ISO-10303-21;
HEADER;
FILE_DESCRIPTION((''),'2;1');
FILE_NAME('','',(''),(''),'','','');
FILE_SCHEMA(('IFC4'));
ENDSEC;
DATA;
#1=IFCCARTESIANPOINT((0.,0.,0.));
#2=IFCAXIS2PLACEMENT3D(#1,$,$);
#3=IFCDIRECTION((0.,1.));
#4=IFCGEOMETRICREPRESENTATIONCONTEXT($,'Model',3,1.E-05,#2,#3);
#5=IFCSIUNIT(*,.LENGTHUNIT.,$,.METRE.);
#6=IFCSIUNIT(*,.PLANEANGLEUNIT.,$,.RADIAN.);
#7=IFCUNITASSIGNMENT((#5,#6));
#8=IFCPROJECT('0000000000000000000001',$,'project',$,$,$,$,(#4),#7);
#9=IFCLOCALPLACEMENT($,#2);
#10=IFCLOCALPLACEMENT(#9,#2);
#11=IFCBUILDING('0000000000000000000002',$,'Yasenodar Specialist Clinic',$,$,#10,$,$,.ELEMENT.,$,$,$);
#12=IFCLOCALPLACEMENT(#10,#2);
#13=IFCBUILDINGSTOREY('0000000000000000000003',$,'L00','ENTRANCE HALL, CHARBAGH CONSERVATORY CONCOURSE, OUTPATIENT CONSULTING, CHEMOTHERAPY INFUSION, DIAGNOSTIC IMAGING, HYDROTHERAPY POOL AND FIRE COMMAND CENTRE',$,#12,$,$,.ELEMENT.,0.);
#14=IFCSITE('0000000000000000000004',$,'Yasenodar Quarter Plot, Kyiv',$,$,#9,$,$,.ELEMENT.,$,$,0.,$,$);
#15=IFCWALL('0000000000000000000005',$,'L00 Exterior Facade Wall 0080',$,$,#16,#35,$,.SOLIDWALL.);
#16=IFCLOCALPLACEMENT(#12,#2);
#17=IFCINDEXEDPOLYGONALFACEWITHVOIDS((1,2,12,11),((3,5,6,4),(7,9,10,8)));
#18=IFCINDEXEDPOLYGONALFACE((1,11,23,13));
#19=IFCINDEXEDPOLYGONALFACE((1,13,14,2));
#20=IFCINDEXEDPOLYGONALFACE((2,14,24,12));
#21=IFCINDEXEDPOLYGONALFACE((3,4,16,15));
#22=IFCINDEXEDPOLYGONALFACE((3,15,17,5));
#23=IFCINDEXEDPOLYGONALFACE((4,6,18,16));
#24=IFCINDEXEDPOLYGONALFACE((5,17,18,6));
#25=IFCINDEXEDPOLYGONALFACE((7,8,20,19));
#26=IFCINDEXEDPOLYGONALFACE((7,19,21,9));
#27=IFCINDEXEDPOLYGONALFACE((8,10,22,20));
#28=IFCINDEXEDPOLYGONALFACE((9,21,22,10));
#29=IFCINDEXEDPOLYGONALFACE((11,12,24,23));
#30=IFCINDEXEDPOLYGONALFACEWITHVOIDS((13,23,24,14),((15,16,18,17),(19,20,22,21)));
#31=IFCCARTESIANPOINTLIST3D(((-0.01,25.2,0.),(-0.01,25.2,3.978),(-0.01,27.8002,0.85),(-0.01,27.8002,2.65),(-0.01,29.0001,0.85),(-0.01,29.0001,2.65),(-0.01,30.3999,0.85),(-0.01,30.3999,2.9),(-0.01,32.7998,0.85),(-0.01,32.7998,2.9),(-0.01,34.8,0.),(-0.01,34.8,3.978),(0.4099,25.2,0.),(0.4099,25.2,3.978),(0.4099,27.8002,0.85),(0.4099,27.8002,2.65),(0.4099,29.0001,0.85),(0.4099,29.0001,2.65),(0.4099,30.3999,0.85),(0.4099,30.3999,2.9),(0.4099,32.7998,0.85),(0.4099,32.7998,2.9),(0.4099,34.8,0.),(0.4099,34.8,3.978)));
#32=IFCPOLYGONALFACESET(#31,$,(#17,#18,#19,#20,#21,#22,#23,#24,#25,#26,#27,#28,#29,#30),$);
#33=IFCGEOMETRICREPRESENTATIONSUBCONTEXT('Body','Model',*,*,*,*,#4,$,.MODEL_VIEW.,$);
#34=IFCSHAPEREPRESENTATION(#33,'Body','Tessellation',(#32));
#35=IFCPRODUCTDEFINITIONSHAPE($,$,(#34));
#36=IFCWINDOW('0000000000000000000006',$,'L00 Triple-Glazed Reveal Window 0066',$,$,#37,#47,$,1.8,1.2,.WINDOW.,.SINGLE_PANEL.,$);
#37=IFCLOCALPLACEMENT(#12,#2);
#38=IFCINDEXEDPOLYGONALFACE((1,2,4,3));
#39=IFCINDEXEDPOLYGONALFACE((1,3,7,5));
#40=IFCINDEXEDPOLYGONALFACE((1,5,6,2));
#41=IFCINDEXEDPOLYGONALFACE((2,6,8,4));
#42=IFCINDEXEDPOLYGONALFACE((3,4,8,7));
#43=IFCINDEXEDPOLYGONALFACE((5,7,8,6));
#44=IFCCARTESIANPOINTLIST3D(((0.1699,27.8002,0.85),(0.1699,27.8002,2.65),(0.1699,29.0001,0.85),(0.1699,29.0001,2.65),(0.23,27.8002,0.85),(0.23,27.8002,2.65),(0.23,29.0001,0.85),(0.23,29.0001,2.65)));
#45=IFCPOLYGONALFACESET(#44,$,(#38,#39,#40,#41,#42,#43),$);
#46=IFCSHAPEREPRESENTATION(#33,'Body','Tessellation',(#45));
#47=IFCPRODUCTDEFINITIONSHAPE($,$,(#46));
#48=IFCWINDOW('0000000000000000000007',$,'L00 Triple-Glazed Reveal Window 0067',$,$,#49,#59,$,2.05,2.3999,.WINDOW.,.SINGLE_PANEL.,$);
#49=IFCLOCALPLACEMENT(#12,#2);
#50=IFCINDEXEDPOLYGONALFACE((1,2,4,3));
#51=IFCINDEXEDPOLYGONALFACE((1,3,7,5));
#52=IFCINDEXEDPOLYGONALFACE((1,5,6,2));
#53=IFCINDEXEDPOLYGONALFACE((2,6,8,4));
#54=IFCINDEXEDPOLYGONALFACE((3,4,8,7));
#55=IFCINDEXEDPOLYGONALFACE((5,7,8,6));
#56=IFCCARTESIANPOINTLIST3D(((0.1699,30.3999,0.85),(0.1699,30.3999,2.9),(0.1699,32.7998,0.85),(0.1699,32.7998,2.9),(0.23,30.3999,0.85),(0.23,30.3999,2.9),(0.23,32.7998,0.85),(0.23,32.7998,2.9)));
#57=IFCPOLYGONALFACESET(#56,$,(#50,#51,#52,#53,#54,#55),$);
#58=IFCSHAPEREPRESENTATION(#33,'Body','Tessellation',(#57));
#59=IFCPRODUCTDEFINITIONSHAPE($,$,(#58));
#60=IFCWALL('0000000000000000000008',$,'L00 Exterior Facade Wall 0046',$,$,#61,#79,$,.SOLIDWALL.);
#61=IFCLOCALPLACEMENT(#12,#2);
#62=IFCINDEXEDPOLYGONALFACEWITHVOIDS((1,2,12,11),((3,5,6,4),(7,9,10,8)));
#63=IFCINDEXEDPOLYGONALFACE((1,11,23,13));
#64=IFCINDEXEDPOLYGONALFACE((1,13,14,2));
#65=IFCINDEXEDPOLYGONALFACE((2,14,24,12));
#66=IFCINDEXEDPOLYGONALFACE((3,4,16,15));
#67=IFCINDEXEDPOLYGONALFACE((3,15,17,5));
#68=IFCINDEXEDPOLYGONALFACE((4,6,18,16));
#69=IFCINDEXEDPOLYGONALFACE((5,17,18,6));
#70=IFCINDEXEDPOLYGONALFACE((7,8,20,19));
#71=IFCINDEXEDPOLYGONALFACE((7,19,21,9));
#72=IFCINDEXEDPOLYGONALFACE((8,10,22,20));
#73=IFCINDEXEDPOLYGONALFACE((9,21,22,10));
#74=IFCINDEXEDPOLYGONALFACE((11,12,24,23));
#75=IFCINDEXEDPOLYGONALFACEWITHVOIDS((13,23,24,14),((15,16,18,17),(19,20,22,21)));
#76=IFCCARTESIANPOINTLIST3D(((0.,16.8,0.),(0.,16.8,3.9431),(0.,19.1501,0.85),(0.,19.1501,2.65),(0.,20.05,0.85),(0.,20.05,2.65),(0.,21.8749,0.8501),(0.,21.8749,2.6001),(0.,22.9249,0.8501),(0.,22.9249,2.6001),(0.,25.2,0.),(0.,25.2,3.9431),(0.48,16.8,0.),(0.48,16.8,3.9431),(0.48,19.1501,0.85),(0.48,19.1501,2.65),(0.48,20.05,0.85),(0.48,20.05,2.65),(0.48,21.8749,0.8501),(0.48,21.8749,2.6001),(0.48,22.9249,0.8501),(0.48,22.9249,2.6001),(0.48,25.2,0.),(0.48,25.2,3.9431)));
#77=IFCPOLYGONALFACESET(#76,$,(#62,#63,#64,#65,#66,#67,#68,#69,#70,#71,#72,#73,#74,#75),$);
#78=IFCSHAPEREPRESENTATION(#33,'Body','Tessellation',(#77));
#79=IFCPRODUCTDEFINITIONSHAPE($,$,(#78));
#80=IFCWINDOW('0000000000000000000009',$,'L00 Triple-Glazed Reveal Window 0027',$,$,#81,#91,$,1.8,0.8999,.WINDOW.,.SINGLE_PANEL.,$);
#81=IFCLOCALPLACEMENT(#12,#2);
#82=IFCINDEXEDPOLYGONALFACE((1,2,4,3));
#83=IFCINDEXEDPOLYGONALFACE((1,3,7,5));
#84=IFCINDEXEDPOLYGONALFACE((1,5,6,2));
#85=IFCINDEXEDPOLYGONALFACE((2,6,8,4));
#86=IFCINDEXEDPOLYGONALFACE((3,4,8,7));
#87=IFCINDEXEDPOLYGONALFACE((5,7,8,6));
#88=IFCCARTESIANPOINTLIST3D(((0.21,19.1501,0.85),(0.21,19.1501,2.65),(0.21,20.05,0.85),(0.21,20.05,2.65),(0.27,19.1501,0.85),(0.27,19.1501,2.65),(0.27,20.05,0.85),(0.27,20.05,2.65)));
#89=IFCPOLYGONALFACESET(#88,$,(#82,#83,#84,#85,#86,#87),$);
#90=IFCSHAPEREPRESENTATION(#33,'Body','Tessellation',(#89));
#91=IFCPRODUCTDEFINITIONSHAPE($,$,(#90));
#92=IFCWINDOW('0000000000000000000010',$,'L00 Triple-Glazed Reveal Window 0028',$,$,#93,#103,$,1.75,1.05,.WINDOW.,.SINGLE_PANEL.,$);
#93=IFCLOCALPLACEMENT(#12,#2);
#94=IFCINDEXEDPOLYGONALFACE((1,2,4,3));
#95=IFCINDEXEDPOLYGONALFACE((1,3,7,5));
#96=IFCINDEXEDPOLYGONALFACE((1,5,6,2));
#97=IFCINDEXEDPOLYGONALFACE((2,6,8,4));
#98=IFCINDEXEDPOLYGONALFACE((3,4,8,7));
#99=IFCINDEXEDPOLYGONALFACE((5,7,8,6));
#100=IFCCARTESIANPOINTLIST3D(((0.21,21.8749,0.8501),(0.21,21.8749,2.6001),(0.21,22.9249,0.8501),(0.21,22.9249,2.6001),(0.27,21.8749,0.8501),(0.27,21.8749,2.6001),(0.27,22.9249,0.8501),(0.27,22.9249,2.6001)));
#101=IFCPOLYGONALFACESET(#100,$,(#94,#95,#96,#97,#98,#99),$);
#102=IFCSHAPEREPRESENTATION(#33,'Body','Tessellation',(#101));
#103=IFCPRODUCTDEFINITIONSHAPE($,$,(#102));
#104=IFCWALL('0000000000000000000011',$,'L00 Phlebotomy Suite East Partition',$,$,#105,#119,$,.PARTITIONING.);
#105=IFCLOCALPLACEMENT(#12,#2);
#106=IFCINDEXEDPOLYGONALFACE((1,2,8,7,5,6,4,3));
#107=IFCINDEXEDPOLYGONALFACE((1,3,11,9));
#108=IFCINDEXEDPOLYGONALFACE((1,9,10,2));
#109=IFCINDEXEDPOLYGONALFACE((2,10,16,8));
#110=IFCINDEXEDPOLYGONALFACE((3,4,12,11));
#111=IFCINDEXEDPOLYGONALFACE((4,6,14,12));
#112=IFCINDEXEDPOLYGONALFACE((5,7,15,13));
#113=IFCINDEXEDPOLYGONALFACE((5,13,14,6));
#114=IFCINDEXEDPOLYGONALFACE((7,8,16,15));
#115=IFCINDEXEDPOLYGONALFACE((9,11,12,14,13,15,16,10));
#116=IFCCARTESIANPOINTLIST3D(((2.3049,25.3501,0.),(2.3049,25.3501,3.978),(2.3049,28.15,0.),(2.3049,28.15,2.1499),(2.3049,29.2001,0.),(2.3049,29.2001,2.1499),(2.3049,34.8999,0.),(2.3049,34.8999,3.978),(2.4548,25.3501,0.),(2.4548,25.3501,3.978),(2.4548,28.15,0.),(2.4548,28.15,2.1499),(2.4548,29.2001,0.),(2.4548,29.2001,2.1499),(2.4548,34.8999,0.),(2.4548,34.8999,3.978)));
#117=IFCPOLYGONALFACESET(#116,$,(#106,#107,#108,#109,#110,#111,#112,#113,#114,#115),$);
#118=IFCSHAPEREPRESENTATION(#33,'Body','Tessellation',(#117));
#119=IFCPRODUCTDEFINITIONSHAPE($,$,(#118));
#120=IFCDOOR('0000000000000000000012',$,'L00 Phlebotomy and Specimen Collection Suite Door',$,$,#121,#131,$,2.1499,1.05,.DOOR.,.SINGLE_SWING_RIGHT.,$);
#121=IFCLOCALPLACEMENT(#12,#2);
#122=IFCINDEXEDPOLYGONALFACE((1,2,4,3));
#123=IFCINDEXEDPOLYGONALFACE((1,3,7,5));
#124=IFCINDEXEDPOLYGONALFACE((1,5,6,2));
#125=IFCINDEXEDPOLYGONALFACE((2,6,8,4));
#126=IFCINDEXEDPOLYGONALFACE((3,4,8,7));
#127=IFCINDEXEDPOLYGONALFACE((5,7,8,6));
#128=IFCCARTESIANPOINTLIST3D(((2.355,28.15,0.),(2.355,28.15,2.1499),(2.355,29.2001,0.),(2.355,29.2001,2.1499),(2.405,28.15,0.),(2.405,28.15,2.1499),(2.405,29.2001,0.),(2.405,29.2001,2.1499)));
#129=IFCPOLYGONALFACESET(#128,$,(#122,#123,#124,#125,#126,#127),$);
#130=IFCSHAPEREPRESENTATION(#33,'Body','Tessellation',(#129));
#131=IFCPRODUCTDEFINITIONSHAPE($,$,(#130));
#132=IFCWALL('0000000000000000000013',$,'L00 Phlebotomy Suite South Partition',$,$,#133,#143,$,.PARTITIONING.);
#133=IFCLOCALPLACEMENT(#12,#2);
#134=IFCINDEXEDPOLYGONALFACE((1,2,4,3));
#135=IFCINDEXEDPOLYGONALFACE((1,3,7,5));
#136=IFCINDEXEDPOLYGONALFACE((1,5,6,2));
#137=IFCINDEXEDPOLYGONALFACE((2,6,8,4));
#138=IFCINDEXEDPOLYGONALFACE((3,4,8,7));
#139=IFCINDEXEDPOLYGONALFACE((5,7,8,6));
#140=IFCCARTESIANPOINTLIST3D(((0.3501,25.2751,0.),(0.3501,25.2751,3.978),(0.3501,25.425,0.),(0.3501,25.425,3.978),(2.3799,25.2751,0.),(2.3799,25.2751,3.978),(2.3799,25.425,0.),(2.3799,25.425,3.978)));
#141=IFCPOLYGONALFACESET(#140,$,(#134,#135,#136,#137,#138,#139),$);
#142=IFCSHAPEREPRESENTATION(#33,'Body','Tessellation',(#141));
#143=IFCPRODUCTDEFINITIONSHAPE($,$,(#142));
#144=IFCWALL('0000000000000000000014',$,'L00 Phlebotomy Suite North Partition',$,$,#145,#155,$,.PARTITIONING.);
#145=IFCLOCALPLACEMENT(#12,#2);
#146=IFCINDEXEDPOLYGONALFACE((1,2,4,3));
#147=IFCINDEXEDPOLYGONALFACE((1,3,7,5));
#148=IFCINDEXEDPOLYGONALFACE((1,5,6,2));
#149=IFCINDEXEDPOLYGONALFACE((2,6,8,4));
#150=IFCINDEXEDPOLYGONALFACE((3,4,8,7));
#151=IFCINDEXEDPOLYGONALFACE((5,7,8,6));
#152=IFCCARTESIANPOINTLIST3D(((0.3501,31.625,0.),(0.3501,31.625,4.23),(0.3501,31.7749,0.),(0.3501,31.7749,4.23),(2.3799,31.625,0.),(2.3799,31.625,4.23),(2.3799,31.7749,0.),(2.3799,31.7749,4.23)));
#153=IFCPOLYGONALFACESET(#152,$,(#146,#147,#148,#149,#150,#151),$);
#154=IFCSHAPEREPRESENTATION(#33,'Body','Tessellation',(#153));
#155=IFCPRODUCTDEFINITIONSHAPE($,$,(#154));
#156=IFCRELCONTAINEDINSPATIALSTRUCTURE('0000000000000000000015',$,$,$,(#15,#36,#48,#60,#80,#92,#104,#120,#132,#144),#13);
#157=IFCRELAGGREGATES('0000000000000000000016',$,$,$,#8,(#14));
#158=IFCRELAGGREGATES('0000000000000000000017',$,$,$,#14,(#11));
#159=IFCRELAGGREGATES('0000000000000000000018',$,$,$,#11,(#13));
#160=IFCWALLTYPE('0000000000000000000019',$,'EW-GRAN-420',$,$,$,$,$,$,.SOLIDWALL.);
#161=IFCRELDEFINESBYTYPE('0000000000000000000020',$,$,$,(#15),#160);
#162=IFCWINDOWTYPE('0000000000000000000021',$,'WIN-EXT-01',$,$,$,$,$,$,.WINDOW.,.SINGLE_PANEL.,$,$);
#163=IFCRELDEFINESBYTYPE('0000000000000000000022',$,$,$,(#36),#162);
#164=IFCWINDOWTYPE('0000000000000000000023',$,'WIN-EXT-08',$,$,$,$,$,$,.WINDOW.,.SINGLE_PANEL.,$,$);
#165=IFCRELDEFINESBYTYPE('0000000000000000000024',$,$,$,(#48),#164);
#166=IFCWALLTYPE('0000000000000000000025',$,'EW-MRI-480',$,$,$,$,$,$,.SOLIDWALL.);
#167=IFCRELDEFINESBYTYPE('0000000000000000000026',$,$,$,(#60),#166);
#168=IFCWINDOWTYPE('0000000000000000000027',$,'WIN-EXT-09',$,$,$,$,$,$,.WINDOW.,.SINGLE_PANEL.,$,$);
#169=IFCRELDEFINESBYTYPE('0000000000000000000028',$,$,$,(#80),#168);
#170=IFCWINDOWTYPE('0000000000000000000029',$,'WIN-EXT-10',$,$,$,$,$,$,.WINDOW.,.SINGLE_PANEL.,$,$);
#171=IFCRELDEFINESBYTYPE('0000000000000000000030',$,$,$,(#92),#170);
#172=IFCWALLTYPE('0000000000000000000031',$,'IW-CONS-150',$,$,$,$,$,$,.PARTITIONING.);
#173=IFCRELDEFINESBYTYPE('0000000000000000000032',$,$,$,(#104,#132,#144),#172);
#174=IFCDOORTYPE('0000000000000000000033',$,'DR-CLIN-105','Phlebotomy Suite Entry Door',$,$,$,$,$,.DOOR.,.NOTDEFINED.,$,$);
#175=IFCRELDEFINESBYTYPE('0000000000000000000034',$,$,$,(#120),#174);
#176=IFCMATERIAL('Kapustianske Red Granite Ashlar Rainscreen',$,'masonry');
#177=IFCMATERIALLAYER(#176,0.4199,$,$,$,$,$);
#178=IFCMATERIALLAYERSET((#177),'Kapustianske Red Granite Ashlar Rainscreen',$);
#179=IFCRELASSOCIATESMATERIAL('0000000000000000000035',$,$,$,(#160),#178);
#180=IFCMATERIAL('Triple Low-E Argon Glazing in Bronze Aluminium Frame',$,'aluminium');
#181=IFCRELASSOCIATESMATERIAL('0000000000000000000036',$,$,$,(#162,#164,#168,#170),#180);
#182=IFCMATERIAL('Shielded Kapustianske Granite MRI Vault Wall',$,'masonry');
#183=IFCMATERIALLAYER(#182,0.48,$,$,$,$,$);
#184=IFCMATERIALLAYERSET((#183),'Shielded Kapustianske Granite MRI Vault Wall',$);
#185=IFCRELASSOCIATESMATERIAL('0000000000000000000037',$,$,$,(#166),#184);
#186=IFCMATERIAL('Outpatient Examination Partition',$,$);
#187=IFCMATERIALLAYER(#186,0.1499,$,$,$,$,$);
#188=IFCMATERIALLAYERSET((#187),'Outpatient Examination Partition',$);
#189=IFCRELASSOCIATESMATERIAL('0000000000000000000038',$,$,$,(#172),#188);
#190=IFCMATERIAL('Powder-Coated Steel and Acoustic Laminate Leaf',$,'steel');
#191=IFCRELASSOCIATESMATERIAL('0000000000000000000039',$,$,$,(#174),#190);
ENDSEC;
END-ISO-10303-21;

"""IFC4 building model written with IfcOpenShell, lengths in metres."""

from ifc_helpers import new_model, si_unit, direction, frame, frame_2d, origin, place, context, subcontext, project, spatial, rectangle, extrude, material, layer, layer_set, type_object, element, fill, save


model = new_model("IFC4")

# Units and contexts
model_context = context("Model", 3, precision=1e-05, world=origin(), true_north=direction((0.0, 1.0)))
body_context = subcontext(model_context, "Body", "Model", "MODEL_VIEW")
ifc_project = project(units=[si_unit("LENGTHUNIT", "METRE"), si_unit("PLANEANGLEUNIT", "RADIAN")], contexts=[model_context])

# Site, building, storey
site_placement = place(None, origin())
site = spatial("IfcSite", under=ifc_project, at=site_placement, Name="Yasenodar Quarter Plot, Kyiv", CompositionType="ELEMENT", RefElevation=0.0)
building_placement = place(site_placement, origin())
building = spatial("IfcBuilding", under=site, at=building_placement, Name="Yasenodar Specialist Clinic", CompositionType="ELEMENT")
storey_placement = place(building_placement, origin())
storey = spatial("IfcBuildingStorey", under=building, at=storey_placement, Name="L00", Description="ENTRANCE HALL, CHARBAGH CONSERVATORY CONCOURSE, OUTPATIENT CONSULTING, CHEMOTHERAPY INFUSION, DIAGNOSTIC IMAGING, HYDROTHERAPY POOL AND FIRE COMMAND CENTRE", CompositionType="ELEMENT", Elevation=0.0)

# Walls, openings, windows
ifc_material_1 = material(Name="Kapustianske Red Granite Ashlar Rainscreen", Category="masonry")
ifc_layer_1 = layer(ifc_material_1, 0.4199)
ifc_layer_set_1 = layer_set([ifc_layer_1], Name="Kapustianske Red Granite Ashlar Rainscreen")
wall_type_1 = type_object("IfcWallType", Name="EW-GRAN-420", PredefinedType="SOLIDWALL", material=ifc_layer_set_1)
wall_1_placement = place(storey_placement, frame((0.2, 25.2, 0.0), z_axis=(0.0, 0.0, 1.0), x_axis=(0.0, 1.0, 0.0)))
wall_1 = element("IfcWall", 1, at=wall_1_placement, inside=storey, type_object=wall_type_1, Name="L00 Exterior Facade Wall 0080", PredefinedType="SOLIDWALL", context=body_context, shape_type="SweptSolid", body=[
    extrude(rectangle(XDim=9.6001, YDim=0.4199, at=frame_2d((4.8, 0.0))), origin(), (0.0, 0.0, 1.0), 3.978),
])
opening_1_placement = place(wall_1_placement, frame((2.6001, 0.0, 0.8501)))
opening_1 = element("IfcOpeningElement", 2, at=opening_1_placement, cuts=wall_1, PredefinedType="OPENING", context=body_context, shape_type="SweptSolid", body=[
    extrude(rectangle(XDim=1.2, YDim=1.8, at=frame_2d((0.6001, 0.8999))), frame((0.0, 0.22, 0.0), z_axis=(0.0, -1.0, 0.0), x_axis=(1.0, 0.0, 0.0)), (0.0, 0.0, 1.0), 0.4399),
])
opening_2_placement = place(wall_1_placement, frame((5.2, 0.0, 0.8501)))
opening_2 = element("IfcOpeningElement", 3, at=opening_2_placement, cuts=wall_1, PredefinedType="OPENING", context=body_context, shape_type="SweptSolid", body=[
    extrude(rectangle(XDim=2.3999, YDim=2.05, at=frame_2d((1.2, 1.0249))), frame((0.0, 0.22, 0.0), z_axis=(0.0, -1.0, 0.0), x_axis=(1.0, 0.0, 0.0)), (0.0, 0.0, 1.0), 0.4399),
])
ifc_material_2 = material(Name="Triple Low-E Argon Glazing in Bronze Aluminium Frame", Category="aluminium")
window_type_1 = type_object("IfcWindowType", Name="WIN-EXT-01", PartitioningType="SINGLE_PANEL", PredefinedType="WINDOW", material=ifc_material_2)
window_1_placement = place(opening_1_placement, origin())
window_1 = element("IfcWindow", 4, at=window_1_placement, inside=storey, type_object=window_type_1, Name="L00 Triple-Glazed Reveal Window 0066", OverallHeight=1.8, OverallWidth=1.2, PartitioningType="SINGLE_PANEL", PredefinedType="WINDOW", context=body_context, shape_type="SweptSolid", body=[
    extrude(rectangle(XDim=1.2, YDim=1.8, at=frame_2d((0.6001, 0.8999))), frame((0.0, 0.03, 0.0), z_axis=(0.0, -1.0, 0.0), x_axis=(1.0, 0.0, 0.0)), (0.0, 0.0, 1.0), 0.0601),
])
fill(opening_1, window_1)
window_type_2 = type_object("IfcWindowType", Name="WIN-EXT-08", PartitioningType="SINGLE_PANEL", PredefinedType="WINDOW", material=ifc_material_2)
window_2_placement = place(opening_2_placement, origin())
window_2 = element("IfcWindow", 5, at=window_2_placement, inside=storey, type_object=window_type_2, Name="L00 Triple-Glazed Reveal Window 0067", OverallHeight=2.05, OverallWidth=2.3999, PartitioningType="SINGLE_PANEL", PredefinedType="WINDOW", context=body_context, shape_type="SweptSolid", body=[
    extrude(rectangle(XDim=2.3999, YDim=2.05, at=frame_2d((1.2, 1.0249))), frame((0.0, 0.03, 0.0), z_axis=(0.0, -1.0, 0.0), x_axis=(1.0, 0.0, 0.0)), (0.0, 0.0, 1.0), 0.0601),
])
fill(opening_2, window_2)
ifc_material_3 = material(Name="Shielded Kapustianske Granite MRI Vault Wall", Category="masonry")
ifc_layer_2 = layer(ifc_material_3, 0.48)
ifc_layer_set_2 = layer_set([ifc_layer_2], Name="Shielded Kapustianske Granite MRI Vault Wall")
wall_type_2 = type_object("IfcWallType", Name="EW-MRI-480", PredefinedType="SOLIDWALL", material=ifc_layer_set_2)
wall_2_placement = place(storey_placement, frame((0.24, 16.8, 0.0), z_axis=(0.0, 0.0, 1.0), x_axis=(0.0, 1.0, 0.0)))
wall_2 = element("IfcWall", 6, at=wall_2_placement, inside=storey, type_object=wall_type_2, Name="L00 Exterior Facade Wall 0046", PredefinedType="SOLIDWALL", context=body_context, shape_type="SweptSolid", body=[
    extrude(rectangle(XDim=8.3999, YDim=0.48, at=frame_2d((4.2, 0.0))), origin(), (0.0, 0.0, 1.0), 3.9431),
])
opening_3_placement = place(wall_2_placement, frame((2.3501, 0.0, 0.8501)))
opening_3 = element("IfcOpeningElement", 7, at=opening_3_placement, cuts=wall_2, PredefinedType="OPENING", context=body_context, shape_type="SweptSolid", body=[
    extrude(rectangle(XDim=0.8999, YDim=1.8, at=frame_2d((0.45, 0.8999))), frame((0.0, 0.25, 0.0), z_axis=(0.0, -1.0, 0.0), x_axis=(1.0, 0.0, 0.0)), (0.0, 0.0, 1.0), 0.5),
])
opening_4_placement = place(wall_2_placement, frame((5.075, 0.0, 0.8501)))
opening_4 = element("IfcOpeningElement", 8, at=opening_4_placement, cuts=wall_2, PredefinedType="OPENING", context=body_context, shape_type="SweptSolid", body=[
    extrude(rectangle(XDim=1.05, YDim=1.75, at=frame_2d((0.5249, 0.875))), frame((0.0, 0.25, 0.0), z_axis=(0.0, -1.0, 0.0), x_axis=(1.0, 0.0, 0.0)), (0.0, 0.0, 1.0), 0.5),
])
window_type_3 = type_object("IfcWindowType", Name="WIN-EXT-09", PartitioningType="SINGLE_PANEL", PredefinedType="WINDOW", material=ifc_material_2)
window_3_placement = place(opening_3_placement, origin())
window_3 = element("IfcWindow", 9, at=window_3_placement, inside=storey, type_object=window_type_3, Name="L00 Triple-Glazed Reveal Window 0027", OverallHeight=1.8, OverallWidth=0.8999, PartitioningType="SINGLE_PANEL", PredefinedType="WINDOW", context=body_context, shape_type="SweptSolid", body=[
    extrude(rectangle(XDim=0.8999, YDim=1.8, at=frame_2d((0.45, 0.8999))), frame((0.0, 0.03, 0.0), z_axis=(0.0, -1.0, 0.0), x_axis=(1.0, 0.0, 0.0)), (0.0, 0.0, 1.0), 0.0601),
])
fill(opening_3, window_3)
window_type_4 = type_object("IfcWindowType", Name="WIN-EXT-10", PartitioningType="SINGLE_PANEL", PredefinedType="WINDOW", material=ifc_material_2)
window_4_placement = place(opening_4_placement, origin())
window_4 = element("IfcWindow", 10, at=window_4_placement, inside=storey, type_object=window_type_4, Name="L00 Triple-Glazed Reveal Window 0028", OverallHeight=1.75, OverallWidth=1.05, PartitioningType="SINGLE_PANEL", PredefinedType="WINDOW", context=body_context, shape_type="SweptSolid", body=[
    extrude(rectangle(XDim=1.05, YDim=1.75, at=frame_2d((0.5249, 0.875))), frame((0.0, 0.03, 0.0), z_axis=(0.0, -1.0, 0.0), x_axis=(1.0, 0.0, 0.0)), (0.0, 0.0, 1.0), 0.0601),
])
fill(opening_4, window_4)

# Wall, opening, door
ifc_material_4 = material(Name="Outpatient Examination Partition")
ifc_layer_3 = layer(ifc_material_4, 0.1499)
ifc_layer_set_3 = layer_set([ifc_layer_3], Name="Outpatient Examination Partition")
wall_type_3 = type_object("IfcWallType", Name="IW-CONS-150", PredefinedType="PARTITIONING", material=ifc_layer_set_3)
wall_3_placement = place(storey_placement, frame((2.3799, 25.3501, 0.0), z_axis=(0.0, 0.0, 1.0), x_axis=(0.0, 1.0, 0.0)))
wall_3 = element("IfcWall", 11, at=wall_3_placement, inside=storey, type_object=wall_type_3, Name="L00 Phlebotomy Suite East Partition", PredefinedType="PARTITIONING", context=body_context, shape_type="SweptSolid", body=[
    extrude(rectangle(XDim=9.5498, YDim=0.1499, at=frame_2d((4.7749, 0.0))), origin(), (0.0, 0.0, 1.0), 3.978),
])
opening_5_placement = place(wall_3_placement, frame((2.8, 0.0, 0.0)))
opening_5 = element("IfcOpeningElement", 12, at=opening_5_placement, cuts=wall_3, PredefinedType="OPENING", context=body_context, shape_type="SweptSolid", body=[
    extrude(rectangle(XDim=1.05, YDim=2.1499, at=frame_2d((0.5249, 1.075))), frame((0.0, 0.085, 0.0), z_axis=(0.0, -1.0, 0.0), x_axis=(1.0, 0.0, 0.0)), (0.0, 0.0, 1.0), 0.1699),
])
ifc_material_5 = material(Name="Powder-Coated Steel and Acoustic Laminate Leaf", Category="steel")
door_type_1 = type_object("IfcDoorType", Name="DR-CLIN-105", Description="Phlebotomy Suite Entry Door", OperationType="NOTDEFINED", PredefinedType="DOOR", material=ifc_material_5)
door_1_placement = place(opening_5_placement, origin())
door_1 = element("IfcDoor", 13, at=door_1_placement, inside=storey, type_object=door_type_1, Name="L00 Phlebotomy and Specimen Collection Suite Door", OperationType="SINGLE_SWING_RIGHT", OverallHeight=2.1499, OverallWidth=1.05, PredefinedType="DOOR", context=body_context, shape_type="SweptSolid", body=[
    extrude(rectangle(XDim=1.05, YDim=2.1499, at=frame_2d((0.5249, 1.075))), frame((0.0, 0.0249, 0.0), z_axis=(0.0, -1.0, 0.0), x_axis=(1.0, 0.0, 0.0)), (0.0, 0.0, 1.0), 0.05),
])
fill(opening_5, door_1)

# Walls
wall_4_placement = place(storey_placement, frame((0.3501, 25.3501, 0.0), z_axis=(0.0, 0.0, 1.0), x_axis=(1.0, 0.0, 0.0)))
element("IfcWall", 14, at=wall_4_placement, inside=storey, type_object=wall_type_3, Name="L00 Phlebotomy Suite South Partition", PredefinedType="PARTITIONING", context=body_context, shape_type="SweptSolid", body=[
    extrude(rectangle(XDim=2.0298, YDim=0.1499, at=frame_2d((1.0149, 0.0))), origin(), (0.0, 0.0, 1.0), 3.978),
])
wall_5_placement = place(storey_placement, frame((0.3501, 31.7, 0.0), z_axis=(0.0, 0.0, 1.0), x_axis=(1.0, 0.0, 0.0)))
element("IfcWall", 15, at=wall_5_placement, inside=storey, type_object=wall_type_3, Name="L00 Phlebotomy Suite North Partition", PredefinedType="PARTITIONING", context=body_context, shape_type="SweptSolid", body=[
    extrude(rectangle(XDim=2.0298, YDim=0.1499, at=frame_2d((1.0149, 0.0))), origin(), (0.0, 0.0, 1.0), 4.23),
])

save(model, "model.ifc")
